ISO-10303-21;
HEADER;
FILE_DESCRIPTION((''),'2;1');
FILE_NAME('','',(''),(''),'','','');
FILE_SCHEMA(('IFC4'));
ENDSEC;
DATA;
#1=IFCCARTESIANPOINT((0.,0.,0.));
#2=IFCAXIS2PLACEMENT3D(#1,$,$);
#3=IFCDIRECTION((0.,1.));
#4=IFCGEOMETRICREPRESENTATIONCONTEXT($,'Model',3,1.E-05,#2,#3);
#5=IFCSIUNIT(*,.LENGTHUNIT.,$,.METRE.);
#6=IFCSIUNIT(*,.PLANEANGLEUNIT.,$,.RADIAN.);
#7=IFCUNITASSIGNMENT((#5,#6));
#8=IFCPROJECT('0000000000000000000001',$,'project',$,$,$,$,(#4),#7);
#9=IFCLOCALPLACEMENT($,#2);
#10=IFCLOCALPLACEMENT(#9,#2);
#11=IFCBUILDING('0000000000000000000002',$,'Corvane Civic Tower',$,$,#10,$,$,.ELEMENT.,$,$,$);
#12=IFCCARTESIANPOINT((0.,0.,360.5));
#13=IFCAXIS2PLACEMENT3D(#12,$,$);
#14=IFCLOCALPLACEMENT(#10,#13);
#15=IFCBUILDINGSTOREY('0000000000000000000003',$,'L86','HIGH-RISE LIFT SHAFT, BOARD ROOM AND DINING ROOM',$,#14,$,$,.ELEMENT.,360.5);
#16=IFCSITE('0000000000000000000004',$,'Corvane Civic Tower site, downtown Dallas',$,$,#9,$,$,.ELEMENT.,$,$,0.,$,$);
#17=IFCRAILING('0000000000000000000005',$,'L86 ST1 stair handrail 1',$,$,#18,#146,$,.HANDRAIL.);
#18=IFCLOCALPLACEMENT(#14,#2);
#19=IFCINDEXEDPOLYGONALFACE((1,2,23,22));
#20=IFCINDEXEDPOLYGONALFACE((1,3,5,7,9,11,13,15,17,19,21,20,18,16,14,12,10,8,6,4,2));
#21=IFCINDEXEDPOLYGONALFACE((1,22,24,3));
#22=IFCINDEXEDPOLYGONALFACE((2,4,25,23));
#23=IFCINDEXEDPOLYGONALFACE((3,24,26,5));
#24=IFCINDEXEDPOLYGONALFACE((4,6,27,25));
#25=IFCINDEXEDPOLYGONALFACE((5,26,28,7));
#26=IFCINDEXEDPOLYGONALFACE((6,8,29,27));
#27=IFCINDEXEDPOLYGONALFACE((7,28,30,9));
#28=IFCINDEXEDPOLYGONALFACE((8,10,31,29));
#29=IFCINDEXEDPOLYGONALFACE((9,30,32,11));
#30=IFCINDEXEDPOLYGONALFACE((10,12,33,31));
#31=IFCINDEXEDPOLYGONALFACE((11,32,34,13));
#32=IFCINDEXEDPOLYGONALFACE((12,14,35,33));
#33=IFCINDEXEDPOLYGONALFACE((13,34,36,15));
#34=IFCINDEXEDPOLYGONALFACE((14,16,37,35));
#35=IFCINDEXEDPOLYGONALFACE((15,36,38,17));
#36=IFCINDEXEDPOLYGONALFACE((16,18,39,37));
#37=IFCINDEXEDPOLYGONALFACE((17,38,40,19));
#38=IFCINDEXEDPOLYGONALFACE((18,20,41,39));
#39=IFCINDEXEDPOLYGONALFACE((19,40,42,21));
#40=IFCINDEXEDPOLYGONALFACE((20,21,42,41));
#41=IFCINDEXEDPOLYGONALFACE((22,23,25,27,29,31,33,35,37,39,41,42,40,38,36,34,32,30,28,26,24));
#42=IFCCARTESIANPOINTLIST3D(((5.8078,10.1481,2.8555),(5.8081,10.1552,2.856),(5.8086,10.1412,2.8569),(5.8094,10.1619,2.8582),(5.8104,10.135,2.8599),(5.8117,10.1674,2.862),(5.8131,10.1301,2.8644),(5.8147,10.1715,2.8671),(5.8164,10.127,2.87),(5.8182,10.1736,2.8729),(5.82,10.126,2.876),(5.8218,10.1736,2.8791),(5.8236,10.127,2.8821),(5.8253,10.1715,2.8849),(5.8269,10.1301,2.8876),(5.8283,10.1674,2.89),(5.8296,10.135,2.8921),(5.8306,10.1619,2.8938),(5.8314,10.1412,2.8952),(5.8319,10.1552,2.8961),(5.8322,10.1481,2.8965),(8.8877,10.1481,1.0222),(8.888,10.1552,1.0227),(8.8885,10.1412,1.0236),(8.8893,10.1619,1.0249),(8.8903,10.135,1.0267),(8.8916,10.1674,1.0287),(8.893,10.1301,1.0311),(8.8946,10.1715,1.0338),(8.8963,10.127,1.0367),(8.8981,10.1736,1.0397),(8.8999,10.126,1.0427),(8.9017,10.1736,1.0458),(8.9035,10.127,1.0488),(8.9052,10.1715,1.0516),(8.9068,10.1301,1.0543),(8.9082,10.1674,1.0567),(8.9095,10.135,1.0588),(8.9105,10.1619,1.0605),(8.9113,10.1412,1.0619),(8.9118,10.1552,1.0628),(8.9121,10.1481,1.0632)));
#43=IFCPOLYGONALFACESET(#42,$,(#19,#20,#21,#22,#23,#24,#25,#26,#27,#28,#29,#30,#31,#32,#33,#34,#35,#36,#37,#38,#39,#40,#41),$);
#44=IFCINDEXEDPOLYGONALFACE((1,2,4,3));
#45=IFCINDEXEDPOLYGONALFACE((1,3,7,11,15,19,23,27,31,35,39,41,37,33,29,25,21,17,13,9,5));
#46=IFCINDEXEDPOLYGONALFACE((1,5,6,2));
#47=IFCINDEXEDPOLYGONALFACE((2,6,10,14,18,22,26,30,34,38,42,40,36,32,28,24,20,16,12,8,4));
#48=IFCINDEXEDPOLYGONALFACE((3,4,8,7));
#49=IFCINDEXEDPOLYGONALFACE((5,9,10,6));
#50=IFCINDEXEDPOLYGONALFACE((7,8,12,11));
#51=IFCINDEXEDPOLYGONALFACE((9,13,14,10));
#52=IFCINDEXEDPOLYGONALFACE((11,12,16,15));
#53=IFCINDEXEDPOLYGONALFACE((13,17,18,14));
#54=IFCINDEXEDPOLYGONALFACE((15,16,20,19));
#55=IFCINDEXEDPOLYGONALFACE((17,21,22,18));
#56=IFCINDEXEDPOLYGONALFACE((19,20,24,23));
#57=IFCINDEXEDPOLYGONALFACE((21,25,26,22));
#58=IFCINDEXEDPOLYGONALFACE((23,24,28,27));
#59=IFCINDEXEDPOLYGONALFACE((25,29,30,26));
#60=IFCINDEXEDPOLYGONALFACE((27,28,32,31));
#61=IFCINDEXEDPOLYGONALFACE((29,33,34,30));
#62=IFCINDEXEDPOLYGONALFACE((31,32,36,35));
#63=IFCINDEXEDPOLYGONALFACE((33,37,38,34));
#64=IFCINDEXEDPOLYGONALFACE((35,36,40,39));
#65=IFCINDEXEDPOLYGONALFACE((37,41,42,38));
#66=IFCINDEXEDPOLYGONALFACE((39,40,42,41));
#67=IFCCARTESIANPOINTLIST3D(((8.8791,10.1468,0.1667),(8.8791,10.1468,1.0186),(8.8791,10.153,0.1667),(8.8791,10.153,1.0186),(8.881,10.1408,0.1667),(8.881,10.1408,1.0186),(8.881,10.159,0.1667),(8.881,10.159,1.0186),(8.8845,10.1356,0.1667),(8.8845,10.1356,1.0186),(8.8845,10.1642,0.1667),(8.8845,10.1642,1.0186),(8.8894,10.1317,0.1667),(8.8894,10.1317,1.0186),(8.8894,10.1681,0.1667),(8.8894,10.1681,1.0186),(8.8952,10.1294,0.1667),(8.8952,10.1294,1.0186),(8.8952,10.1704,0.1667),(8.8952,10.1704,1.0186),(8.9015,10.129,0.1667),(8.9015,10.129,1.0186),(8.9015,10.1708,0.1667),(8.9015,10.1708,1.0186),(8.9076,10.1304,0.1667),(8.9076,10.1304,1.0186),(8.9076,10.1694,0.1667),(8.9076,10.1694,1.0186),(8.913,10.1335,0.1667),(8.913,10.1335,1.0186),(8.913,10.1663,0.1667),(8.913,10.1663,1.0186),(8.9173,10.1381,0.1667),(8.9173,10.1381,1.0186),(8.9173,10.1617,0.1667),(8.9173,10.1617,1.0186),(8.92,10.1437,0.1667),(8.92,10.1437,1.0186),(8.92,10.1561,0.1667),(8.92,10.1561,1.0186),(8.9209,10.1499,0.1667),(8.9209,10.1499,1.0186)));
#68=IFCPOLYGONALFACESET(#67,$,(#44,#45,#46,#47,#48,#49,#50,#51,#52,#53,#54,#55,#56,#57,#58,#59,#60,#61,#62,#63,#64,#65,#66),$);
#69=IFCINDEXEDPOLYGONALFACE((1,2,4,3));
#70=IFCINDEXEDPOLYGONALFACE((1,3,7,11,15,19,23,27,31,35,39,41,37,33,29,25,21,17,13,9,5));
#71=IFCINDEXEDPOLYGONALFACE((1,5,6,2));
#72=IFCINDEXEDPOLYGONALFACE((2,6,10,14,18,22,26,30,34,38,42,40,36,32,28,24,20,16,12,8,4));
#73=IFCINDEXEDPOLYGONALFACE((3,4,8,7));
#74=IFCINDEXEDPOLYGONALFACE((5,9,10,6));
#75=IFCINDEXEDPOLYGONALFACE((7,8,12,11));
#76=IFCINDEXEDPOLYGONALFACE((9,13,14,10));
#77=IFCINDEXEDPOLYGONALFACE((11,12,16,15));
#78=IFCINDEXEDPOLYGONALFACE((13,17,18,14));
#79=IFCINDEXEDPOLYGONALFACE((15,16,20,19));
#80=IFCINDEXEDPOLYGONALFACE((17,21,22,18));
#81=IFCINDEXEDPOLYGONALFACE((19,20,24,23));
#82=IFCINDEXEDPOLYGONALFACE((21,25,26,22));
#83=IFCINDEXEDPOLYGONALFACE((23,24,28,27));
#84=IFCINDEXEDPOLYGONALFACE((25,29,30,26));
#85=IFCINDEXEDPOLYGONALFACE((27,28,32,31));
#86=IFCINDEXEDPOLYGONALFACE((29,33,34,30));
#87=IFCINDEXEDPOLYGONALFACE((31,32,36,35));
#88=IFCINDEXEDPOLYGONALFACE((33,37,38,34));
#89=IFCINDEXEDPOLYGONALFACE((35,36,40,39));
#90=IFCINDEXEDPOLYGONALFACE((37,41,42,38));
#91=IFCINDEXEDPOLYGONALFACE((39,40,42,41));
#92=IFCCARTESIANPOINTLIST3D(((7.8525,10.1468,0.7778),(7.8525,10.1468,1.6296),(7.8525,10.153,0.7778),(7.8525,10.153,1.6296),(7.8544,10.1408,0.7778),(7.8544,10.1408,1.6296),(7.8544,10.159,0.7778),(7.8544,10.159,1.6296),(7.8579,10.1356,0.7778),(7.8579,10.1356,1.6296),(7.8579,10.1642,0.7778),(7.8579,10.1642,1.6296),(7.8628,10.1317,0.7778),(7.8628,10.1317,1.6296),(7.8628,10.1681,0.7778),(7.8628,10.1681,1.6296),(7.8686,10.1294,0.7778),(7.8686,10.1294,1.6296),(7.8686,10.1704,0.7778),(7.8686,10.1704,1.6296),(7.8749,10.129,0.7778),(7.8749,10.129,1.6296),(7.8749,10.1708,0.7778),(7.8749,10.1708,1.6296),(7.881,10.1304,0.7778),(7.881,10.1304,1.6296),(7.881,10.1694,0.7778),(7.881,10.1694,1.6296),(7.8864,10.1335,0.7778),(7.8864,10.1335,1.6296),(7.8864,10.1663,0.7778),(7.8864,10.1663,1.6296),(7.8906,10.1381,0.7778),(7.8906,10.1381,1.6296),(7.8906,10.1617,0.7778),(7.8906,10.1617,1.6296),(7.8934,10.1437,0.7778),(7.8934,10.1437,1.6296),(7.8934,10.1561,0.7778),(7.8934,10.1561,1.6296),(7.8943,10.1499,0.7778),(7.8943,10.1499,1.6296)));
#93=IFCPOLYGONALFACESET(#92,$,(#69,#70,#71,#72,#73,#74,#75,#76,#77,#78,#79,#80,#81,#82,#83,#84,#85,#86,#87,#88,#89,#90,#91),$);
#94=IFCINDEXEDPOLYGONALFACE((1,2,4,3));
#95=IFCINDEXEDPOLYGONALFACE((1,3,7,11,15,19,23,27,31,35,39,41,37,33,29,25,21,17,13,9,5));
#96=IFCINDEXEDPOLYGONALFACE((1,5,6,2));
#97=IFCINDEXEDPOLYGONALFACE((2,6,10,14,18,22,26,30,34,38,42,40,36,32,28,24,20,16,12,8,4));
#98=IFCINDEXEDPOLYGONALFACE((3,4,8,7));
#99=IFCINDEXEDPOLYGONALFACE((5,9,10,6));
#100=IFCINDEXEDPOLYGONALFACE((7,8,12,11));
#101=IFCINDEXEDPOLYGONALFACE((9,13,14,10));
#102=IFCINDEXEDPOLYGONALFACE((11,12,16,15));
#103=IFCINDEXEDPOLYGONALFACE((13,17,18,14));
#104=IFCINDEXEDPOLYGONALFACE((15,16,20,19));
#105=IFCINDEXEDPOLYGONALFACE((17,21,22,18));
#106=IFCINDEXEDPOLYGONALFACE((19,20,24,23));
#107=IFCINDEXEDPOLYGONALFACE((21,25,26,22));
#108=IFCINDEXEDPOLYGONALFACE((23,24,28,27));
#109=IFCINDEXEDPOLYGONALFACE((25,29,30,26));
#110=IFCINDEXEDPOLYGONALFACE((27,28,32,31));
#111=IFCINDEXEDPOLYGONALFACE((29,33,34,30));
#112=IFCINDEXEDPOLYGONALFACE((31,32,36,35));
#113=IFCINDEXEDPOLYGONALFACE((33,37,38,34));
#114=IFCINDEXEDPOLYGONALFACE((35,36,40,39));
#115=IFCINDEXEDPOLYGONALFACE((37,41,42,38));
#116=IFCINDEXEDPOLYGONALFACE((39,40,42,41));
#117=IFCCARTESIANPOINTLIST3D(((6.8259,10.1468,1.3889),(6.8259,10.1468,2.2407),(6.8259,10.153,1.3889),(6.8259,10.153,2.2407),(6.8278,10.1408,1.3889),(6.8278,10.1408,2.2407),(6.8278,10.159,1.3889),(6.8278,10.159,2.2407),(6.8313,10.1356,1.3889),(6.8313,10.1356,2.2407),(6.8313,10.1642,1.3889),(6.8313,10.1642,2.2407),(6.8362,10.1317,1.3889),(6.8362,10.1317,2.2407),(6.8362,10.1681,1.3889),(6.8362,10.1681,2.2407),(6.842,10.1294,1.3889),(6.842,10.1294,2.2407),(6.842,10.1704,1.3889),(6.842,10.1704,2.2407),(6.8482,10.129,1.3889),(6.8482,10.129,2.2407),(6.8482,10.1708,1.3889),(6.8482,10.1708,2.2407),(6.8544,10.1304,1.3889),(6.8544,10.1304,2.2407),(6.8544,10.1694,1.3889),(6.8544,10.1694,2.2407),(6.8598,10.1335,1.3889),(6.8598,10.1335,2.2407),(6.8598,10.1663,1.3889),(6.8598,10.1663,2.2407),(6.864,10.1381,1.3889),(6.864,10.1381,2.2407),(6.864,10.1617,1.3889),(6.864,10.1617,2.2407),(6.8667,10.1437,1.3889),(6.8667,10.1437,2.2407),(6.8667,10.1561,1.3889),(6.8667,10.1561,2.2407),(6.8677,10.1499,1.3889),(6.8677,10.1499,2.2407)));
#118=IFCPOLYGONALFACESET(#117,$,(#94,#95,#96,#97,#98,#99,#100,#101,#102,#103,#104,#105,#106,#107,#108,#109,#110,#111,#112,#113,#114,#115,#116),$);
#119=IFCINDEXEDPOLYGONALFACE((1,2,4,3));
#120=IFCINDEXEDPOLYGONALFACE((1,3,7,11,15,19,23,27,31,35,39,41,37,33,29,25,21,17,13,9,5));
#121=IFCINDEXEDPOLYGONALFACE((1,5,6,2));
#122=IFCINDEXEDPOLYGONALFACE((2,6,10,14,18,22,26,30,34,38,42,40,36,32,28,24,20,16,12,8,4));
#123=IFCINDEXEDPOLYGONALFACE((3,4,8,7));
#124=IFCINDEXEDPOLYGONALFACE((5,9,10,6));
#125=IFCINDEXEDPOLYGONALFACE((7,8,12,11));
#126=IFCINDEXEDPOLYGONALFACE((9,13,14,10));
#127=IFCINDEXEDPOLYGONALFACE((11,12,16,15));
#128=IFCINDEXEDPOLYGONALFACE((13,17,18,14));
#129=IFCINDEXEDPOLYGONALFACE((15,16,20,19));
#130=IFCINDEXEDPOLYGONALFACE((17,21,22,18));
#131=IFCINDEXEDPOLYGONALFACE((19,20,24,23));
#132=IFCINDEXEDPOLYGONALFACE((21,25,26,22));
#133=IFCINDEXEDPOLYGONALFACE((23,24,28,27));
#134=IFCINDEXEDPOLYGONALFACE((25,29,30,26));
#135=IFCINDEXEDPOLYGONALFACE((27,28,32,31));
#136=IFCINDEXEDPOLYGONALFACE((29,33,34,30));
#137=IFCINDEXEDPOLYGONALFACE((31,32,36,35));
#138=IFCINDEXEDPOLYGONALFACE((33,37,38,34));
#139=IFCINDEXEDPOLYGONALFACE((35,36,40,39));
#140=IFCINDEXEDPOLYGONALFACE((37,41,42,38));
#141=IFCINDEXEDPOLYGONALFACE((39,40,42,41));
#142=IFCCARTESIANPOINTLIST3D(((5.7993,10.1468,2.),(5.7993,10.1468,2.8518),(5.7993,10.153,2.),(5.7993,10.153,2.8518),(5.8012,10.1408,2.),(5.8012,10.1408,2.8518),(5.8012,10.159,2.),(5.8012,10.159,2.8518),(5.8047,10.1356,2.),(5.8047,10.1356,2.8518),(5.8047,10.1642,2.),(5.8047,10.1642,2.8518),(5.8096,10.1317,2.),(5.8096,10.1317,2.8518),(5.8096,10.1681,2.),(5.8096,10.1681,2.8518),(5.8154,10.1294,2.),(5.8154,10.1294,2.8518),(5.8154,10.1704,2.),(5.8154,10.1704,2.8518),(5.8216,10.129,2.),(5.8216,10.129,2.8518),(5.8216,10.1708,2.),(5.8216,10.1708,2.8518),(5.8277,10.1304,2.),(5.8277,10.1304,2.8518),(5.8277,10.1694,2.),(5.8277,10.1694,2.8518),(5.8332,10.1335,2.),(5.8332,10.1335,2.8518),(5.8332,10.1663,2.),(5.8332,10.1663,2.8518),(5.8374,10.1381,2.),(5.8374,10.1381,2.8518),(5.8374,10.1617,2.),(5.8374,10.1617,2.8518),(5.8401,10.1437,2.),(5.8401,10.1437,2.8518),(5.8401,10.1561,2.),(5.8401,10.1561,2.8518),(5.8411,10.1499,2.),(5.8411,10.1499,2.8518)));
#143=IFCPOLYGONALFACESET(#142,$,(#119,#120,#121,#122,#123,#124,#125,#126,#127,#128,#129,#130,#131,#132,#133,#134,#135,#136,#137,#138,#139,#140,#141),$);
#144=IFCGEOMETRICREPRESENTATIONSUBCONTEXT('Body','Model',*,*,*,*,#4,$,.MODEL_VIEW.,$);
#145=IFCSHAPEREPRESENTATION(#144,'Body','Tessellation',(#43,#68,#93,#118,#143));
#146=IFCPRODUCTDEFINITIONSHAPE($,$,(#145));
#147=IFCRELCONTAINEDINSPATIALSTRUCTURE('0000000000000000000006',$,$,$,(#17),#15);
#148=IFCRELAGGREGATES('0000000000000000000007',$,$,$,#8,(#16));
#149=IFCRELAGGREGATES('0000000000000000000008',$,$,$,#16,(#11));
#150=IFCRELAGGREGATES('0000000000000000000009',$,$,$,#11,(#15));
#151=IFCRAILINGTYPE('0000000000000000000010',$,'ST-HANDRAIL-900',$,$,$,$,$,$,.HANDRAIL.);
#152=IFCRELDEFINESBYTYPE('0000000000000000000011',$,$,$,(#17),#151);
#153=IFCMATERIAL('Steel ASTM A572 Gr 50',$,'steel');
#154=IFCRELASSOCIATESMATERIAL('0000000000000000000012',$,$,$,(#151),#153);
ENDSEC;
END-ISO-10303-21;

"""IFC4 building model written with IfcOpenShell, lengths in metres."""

from ifc_helpers import new_model, si_unit, direction, frame, origin, origin_2d, place, context, subcontext, project, spatial, circle, extrude, material, type_object, element, save


model = new_model("IFC4")

# Units and contexts
model_context = context("Model", 3, precision=1e-05, world=origin(), true_north=direction((0.0, 1.0)))
body_context = subcontext(model_context, "Body", "Model", "MODEL_VIEW")
ifc_project = project(units=[si_unit("LENGTHUNIT", "METRE"), si_unit("PLANEANGLEUNIT", "RADIAN")], contexts=[model_context])

# Site, building, storey
site_placement = place(None, origin())
site = spatial("IfcSite", under=ifc_project, at=site_placement, Name="Corvane Civic Tower site, downtown Dallas", CompositionType="ELEMENT", RefElevation=0.0)
building_placement = place(site_placement, origin())
building = spatial("IfcBuilding", under=site, at=building_placement, Name="Corvane Civic Tower", CompositionType="ELEMENT")
storey_placement = place(building_placement, frame((0.0, 0.0, 360.5)))
storey = spatial("IfcBuildingStorey", under=building, at=storey_placement, Name="L86", Description="HIGH-RISE LIFT SHAFT, BOARD ROOM AND DINING ROOM", CompositionType="ELEMENT", Elevation=360.5)

# Railing
ifc_material_1 = material(Name="Steel ASTM A572 Gr 50", Category="steel")
railing_type = type_object("IfcRailingType", Name="ST-HANDRAIL-900", PredefinedType="HANDRAIL", material=ifc_material_1)
railing_placement = place(storey_placement, frame((8.8999, 10.1499, 0.1667)))
element("IfcRailing", 1, at=railing_placement, inside=storey, type_object=railing_type, Name="L86 ST1 stair handrail 1", PredefinedType="HANDRAIL", context=body_context, shape_type="SweptSolid", body=[
    extrude(circle(Radius=0.0239, at=origin_2d()), frame((0.0, 0.0, 0.876), z_axis=(-0.859291, 0.0, 0.511487), x_axis=(0.0, -1.0, 0.0)), (0.0, 0.0, 1.0), 3.5842),
    extrude(circle(Radius=0.021, at=origin_2d()), origin(), (0.0, 0.0, 1.0), 0.8518),
    extrude(circle(Radius=0.021, at=origin_2d()), frame((-1.0266, 0.0, 0.6111)), (0.0, 0.0, 1.0), 0.8518),
    extrude(circle(Radius=0.021, at=origin_2d()), frame((-2.0532, 0.0, 1.2222)), (0.0, 0.0, 1.0), 0.8518),
    extrude(circle(Radius=0.021, at=origin_2d()), frame((-3.0798, 0.0, 1.8333)), (0.0, 0.0, 1.0), 0.8518),
])

save(model, "model.ifc")
